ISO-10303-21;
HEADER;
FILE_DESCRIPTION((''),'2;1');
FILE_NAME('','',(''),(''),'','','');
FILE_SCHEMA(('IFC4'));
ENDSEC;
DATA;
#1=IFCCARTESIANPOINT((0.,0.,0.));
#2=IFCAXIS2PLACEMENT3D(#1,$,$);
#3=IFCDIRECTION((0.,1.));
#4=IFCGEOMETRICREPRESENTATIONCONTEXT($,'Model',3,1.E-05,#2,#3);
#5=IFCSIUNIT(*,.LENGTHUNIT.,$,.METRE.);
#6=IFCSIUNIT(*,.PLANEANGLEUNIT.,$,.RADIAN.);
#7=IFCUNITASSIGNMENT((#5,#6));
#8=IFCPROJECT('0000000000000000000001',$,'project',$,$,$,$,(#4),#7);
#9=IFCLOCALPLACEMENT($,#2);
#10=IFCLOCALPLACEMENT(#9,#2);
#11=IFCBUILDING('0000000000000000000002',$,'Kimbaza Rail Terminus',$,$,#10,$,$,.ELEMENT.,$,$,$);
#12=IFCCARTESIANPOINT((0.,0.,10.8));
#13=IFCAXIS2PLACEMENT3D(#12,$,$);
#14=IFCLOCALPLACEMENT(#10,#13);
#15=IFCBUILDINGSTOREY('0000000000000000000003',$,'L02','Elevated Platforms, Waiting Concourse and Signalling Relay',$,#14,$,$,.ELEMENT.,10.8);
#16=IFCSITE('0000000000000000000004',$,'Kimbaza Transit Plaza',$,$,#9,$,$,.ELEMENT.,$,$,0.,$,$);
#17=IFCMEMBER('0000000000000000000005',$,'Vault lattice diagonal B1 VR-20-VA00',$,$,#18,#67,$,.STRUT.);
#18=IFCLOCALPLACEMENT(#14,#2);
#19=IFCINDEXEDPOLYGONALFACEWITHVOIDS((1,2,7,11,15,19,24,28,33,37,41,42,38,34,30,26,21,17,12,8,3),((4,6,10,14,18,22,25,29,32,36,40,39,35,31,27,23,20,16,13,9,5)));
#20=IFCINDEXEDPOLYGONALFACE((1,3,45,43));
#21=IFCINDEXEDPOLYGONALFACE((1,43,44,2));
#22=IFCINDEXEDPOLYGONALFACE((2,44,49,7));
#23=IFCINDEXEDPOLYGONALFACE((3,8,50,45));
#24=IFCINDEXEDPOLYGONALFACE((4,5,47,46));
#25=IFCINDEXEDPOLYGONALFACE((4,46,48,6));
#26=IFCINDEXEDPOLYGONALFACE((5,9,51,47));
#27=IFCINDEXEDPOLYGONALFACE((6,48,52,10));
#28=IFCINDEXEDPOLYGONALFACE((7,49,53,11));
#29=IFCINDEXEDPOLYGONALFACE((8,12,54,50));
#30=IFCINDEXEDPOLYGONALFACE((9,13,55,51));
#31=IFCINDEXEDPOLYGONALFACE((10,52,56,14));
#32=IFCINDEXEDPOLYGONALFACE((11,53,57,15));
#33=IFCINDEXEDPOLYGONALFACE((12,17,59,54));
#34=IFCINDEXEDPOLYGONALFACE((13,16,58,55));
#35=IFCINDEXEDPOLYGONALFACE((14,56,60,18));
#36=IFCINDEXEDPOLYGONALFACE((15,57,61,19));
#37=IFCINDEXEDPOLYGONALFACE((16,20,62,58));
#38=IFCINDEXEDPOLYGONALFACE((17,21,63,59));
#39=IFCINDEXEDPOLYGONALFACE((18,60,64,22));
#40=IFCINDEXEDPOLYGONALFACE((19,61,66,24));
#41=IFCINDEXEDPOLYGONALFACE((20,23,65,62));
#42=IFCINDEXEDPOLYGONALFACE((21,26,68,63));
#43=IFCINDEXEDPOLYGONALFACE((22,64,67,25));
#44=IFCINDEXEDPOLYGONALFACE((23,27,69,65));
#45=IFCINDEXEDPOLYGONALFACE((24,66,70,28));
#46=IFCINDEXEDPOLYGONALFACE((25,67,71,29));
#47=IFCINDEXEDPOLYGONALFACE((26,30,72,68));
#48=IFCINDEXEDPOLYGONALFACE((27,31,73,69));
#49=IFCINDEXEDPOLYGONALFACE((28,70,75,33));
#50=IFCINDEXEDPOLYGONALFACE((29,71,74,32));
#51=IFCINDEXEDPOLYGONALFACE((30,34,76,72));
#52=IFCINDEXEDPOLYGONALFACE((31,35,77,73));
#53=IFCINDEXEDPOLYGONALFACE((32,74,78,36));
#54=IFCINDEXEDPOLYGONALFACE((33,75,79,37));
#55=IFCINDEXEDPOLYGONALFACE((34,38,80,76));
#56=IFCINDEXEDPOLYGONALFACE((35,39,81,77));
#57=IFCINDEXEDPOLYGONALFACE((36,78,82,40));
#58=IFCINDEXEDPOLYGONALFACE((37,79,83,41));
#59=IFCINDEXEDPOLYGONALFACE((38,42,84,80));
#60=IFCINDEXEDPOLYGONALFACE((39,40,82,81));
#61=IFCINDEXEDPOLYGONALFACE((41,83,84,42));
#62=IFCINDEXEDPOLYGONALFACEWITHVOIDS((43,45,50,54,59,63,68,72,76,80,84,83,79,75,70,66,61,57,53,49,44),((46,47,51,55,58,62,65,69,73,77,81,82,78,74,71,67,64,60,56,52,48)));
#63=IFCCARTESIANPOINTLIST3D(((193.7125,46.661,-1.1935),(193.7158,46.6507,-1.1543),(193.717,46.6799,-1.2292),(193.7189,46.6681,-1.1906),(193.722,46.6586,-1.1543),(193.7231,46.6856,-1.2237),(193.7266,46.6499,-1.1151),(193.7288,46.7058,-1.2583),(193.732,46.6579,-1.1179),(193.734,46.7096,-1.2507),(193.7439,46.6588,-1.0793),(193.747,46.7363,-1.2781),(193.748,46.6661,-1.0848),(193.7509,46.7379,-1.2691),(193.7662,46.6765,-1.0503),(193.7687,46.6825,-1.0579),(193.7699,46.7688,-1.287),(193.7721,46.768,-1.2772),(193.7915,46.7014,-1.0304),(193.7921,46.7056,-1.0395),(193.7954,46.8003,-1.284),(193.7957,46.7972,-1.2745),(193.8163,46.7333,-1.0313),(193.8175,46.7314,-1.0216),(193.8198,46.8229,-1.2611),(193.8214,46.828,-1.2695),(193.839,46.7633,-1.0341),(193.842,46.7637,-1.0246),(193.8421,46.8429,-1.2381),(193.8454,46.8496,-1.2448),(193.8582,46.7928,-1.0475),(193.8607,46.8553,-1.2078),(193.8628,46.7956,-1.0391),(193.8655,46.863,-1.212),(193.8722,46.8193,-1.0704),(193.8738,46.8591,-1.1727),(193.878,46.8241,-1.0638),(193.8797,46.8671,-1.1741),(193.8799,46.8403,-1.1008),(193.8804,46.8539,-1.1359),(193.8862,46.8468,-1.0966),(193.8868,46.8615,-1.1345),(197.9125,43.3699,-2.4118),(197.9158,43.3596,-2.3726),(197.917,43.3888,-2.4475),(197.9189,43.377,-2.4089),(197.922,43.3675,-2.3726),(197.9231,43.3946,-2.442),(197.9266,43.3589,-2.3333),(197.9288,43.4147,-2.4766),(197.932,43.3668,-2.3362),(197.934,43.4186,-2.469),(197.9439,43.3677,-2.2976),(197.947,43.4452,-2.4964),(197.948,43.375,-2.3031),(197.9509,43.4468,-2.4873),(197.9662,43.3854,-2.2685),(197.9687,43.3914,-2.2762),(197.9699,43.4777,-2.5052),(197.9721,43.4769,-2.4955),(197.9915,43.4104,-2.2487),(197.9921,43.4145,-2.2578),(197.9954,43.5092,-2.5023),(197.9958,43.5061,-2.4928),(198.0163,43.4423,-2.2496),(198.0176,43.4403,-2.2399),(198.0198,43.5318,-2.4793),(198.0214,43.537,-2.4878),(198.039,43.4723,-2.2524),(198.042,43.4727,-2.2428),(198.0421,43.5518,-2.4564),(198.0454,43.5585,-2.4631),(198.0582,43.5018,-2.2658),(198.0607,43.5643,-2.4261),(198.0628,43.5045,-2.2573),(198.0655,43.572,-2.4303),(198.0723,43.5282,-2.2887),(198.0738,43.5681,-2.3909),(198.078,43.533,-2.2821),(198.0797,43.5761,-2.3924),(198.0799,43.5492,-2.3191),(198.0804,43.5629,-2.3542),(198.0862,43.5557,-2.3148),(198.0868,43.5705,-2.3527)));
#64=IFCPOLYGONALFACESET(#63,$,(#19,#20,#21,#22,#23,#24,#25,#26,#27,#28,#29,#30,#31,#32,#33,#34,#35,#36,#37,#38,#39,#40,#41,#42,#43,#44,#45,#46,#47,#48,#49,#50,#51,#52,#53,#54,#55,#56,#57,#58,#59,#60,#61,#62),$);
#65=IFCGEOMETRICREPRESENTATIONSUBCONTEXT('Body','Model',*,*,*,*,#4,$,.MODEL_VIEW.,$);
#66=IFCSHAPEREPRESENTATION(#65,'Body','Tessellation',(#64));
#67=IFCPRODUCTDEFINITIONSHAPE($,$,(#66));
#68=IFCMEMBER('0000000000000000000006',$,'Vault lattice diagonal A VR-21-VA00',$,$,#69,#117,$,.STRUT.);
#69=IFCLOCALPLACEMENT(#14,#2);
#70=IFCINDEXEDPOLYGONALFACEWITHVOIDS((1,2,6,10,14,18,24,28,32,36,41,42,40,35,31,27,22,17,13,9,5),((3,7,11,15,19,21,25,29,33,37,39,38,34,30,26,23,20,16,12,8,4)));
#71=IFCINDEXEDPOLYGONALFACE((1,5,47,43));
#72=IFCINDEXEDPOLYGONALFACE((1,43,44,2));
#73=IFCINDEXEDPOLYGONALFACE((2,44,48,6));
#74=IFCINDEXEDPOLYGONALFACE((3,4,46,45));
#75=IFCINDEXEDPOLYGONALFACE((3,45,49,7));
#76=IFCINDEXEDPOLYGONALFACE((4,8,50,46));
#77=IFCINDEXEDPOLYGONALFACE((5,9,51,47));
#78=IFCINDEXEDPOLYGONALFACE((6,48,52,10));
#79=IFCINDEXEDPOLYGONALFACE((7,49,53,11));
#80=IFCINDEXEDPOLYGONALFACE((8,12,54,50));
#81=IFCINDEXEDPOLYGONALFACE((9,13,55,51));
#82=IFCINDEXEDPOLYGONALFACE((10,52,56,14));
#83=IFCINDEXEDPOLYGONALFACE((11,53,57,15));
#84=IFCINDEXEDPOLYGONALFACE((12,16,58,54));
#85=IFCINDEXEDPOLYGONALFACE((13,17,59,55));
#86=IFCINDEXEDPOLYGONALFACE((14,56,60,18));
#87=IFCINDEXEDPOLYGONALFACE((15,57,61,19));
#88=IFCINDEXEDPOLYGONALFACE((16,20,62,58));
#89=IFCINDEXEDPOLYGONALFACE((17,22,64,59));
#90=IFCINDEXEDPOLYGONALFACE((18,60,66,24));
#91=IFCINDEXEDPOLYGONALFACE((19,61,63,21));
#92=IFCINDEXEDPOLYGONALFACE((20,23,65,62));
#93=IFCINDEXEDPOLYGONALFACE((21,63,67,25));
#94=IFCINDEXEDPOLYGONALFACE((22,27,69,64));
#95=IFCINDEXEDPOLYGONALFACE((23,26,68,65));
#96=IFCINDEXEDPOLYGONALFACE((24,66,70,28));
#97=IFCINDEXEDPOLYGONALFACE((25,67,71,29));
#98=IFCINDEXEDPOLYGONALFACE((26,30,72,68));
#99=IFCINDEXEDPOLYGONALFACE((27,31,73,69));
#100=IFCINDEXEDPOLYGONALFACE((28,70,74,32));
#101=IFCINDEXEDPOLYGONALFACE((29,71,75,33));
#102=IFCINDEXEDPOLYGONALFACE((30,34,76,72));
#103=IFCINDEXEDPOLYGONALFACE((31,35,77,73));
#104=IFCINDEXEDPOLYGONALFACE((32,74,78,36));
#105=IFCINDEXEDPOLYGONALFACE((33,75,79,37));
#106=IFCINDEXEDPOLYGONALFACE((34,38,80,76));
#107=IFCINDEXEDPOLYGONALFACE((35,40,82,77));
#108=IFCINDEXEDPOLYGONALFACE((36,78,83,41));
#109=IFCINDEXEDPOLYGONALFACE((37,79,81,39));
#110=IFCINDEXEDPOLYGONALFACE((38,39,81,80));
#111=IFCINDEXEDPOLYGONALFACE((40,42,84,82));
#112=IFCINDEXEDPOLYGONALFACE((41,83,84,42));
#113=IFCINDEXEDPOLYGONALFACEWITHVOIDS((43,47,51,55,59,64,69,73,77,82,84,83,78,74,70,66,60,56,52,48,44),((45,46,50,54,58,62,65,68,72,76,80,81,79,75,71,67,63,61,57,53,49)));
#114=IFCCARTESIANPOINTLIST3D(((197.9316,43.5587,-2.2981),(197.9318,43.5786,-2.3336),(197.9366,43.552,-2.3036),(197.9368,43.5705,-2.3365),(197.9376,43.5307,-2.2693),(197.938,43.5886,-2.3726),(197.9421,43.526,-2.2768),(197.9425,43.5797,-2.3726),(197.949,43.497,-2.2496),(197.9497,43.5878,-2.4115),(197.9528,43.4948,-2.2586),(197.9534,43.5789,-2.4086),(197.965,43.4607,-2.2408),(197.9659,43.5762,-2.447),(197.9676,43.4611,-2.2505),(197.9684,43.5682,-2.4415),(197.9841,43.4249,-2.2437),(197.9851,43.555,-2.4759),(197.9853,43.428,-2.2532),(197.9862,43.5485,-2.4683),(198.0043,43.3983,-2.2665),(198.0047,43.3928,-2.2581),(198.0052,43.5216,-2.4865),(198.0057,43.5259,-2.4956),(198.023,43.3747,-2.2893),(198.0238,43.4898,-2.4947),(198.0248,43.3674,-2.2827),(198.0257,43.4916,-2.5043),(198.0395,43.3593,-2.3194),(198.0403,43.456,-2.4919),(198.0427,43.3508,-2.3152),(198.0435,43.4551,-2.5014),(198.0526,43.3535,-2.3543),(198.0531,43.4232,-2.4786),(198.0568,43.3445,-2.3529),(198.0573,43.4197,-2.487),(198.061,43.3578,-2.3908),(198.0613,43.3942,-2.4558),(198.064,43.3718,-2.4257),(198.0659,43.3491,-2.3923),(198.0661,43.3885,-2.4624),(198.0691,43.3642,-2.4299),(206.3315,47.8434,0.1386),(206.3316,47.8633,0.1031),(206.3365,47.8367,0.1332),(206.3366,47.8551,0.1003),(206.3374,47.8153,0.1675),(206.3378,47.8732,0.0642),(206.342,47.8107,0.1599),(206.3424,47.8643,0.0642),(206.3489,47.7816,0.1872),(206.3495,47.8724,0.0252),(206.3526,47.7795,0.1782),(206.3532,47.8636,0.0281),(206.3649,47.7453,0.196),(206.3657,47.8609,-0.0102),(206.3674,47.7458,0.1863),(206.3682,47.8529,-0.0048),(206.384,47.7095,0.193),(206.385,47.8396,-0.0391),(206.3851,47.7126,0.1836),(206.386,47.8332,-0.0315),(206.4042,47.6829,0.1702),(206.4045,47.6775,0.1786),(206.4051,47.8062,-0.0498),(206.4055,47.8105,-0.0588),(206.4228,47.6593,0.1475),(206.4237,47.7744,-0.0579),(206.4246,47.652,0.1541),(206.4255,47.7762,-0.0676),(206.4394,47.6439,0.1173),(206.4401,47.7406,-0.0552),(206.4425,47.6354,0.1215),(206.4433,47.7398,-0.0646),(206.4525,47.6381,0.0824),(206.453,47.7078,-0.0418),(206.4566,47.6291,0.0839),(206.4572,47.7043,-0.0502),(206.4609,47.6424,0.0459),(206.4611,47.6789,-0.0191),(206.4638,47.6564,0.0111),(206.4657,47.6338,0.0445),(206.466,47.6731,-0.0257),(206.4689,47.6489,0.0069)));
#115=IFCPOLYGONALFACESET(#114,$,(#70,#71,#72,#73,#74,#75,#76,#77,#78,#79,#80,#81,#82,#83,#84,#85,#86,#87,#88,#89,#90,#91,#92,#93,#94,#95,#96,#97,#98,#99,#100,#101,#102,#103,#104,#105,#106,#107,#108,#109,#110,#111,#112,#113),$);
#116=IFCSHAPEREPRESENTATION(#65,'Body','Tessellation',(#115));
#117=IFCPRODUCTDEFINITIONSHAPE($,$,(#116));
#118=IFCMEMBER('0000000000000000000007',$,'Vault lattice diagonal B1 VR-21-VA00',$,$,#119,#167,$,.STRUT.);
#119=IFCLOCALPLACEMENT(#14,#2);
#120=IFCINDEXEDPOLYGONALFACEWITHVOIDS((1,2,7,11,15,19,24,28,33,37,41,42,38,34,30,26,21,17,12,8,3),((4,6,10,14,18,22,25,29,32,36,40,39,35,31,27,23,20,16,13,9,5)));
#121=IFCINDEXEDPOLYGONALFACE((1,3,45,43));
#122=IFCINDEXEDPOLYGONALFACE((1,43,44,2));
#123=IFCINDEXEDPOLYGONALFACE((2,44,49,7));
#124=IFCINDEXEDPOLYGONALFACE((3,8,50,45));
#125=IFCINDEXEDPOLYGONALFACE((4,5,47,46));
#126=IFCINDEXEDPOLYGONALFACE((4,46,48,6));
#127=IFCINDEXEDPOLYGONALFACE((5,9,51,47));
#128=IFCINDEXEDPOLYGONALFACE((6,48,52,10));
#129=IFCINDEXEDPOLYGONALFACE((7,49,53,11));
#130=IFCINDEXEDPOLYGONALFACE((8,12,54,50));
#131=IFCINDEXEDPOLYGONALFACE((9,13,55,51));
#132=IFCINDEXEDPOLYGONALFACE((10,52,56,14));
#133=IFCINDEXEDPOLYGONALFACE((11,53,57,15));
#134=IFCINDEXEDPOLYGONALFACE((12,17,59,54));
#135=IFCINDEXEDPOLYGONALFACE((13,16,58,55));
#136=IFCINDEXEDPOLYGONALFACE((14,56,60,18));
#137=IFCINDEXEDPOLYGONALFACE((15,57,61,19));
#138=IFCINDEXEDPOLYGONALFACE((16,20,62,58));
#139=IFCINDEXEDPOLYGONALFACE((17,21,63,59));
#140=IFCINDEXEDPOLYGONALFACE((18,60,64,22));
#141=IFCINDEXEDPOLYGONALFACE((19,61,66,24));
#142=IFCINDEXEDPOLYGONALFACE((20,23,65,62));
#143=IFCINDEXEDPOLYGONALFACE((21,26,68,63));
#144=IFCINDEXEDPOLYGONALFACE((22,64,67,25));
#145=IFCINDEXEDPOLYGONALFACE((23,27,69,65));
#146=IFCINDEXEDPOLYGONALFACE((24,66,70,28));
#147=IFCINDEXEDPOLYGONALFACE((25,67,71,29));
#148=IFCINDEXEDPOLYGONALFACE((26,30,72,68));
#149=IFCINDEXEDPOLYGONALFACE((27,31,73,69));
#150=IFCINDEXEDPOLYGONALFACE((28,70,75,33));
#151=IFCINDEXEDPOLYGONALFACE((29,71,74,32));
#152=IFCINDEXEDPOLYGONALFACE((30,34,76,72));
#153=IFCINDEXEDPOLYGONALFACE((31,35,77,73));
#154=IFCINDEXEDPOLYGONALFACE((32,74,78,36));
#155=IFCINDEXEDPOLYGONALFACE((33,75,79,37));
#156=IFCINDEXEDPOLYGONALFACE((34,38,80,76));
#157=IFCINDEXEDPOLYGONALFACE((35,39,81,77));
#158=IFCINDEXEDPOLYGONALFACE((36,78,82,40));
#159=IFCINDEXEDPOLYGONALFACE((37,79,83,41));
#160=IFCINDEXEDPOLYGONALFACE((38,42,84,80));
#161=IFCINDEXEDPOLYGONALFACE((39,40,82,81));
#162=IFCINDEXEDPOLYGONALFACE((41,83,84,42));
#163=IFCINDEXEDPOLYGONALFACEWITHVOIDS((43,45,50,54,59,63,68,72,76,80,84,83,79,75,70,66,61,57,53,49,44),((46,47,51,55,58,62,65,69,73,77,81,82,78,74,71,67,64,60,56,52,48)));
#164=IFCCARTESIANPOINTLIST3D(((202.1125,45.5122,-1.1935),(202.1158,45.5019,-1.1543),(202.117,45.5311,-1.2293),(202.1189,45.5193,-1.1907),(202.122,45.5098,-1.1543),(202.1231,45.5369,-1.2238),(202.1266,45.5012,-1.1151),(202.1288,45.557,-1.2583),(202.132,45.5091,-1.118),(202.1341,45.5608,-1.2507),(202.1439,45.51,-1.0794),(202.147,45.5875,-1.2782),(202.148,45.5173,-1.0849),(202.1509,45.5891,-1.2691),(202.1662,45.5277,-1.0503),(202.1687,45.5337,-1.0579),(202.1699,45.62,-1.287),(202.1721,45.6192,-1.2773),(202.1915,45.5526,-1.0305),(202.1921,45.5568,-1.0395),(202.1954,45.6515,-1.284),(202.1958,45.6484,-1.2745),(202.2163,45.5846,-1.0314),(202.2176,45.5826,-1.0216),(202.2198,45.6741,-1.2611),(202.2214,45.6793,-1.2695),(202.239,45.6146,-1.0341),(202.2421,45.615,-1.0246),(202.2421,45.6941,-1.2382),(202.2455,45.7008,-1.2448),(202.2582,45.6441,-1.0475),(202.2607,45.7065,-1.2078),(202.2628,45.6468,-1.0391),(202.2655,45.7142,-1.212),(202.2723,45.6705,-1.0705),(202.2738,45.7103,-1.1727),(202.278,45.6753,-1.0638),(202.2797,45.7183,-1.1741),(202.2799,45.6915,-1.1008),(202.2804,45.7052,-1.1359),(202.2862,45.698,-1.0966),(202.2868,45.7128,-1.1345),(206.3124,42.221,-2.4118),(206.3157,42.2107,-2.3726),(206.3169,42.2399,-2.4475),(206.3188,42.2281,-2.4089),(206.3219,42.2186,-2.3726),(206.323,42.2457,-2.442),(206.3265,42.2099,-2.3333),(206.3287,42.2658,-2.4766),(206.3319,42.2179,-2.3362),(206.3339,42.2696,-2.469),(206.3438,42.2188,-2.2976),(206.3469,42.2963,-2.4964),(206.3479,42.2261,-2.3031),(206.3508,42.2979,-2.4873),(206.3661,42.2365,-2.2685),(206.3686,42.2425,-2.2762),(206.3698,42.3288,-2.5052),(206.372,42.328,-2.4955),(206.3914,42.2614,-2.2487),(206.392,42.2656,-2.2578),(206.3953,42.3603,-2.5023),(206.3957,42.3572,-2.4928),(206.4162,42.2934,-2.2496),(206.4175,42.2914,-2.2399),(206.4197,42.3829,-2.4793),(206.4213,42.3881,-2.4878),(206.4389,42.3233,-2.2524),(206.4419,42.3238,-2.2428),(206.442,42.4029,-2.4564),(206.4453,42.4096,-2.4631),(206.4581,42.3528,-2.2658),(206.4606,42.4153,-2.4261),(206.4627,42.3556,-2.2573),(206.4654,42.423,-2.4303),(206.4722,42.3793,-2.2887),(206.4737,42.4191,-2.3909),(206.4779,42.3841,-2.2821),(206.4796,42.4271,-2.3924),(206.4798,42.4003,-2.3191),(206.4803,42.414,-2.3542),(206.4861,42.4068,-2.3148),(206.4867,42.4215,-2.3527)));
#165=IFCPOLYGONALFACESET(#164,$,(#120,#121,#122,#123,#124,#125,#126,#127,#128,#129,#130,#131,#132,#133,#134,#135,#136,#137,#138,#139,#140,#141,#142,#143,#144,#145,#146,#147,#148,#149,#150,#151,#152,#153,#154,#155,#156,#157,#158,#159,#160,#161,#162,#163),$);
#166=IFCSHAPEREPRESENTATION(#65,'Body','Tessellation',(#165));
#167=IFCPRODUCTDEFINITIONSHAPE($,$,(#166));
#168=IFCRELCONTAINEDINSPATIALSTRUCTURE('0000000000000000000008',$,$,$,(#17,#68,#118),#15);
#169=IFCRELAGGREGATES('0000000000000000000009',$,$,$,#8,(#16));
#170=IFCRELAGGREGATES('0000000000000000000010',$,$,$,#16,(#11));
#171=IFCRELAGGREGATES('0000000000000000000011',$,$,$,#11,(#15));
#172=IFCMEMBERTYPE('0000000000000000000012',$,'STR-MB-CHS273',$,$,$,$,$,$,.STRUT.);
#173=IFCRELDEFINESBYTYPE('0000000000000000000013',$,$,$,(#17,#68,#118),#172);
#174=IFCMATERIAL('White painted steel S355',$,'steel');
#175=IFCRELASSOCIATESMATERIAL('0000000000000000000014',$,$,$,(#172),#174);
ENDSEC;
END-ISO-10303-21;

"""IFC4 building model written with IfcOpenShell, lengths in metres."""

from ifc_helpers import new_model, si_unit, direction, frame, origin, origin_2d, place, context, subcontext, project, spatial, hollow_circle, extrude, material, material_profile, profile_set, type_object, element, save


model = new_model("IFC4")

# Units and contexts
model_context = context("Model", 3, precision=1e-05, world=origin(), true_north=direction((0.0, 1.0)))
body_context = subcontext(model_context, "Body", "Model", "MODEL_VIEW")
ifc_project = project(units=[si_unit("LENGTHUNIT", "METRE"), si_unit("PLANEANGLEUNIT", "RADIAN")], contexts=[model_context])

# Site, building, storey
site_placement = place(None, origin())
site = spatial("IfcSite", under=ifc_project, at=site_placement, Name="Kimbaza Transit Plaza", CompositionType="ELEMENT", RefElevation=0.0)
building_placement = place(site_placement, origin())
building = spatial("IfcBuilding", under=site, at=building_placement, Name="Kimbaza Rail Terminus", CompositionType="ELEMENT")
storey_placement = place(building_placement, frame((0.0, 0.0, 10.8)))
storey = spatial("IfcBuildingStorey", under=building, at=storey_placement, Name="L02", Description="Elevated Platforms, Waiting Concourse and Signalling Relay", CompositionType="ELEMENT", Elevation=10.8)

# Members
ifc_material_1 = material(Name="White painted steel S355", Category="steel")
ifc_material_profile_1 = material_profile(ifc_material_1, hollow_circle(Radius=0.1365, WallThickness=0.01, at=origin_2d()), Name="CHS 273x10")
ifc_profile_set_1 = profile_set([ifc_material_profile_1], Name="White painted steel S355")
member_type_1 = type_object("IfcMemberType", Name="STR-MB-CHS273", PredefinedType="STRUT", material=ifc_profile_set_1)
member_1_placement = place(storey_placement, frame((198.0, 43.467, -2.3726), z_axis=(-0.767384, 0.60131, 0.222592), x_axis=(-0.616784, -0.787132, 0.0)))
element("IfcMember", 1, at=member_1_placement, inside=storey, type_object=member_type_1, Name="Vault lattice diagonal B1 VR-20-VA00", PredefinedType="STRUT", context=body_context, shape_type="SweptSolid", body=[
    extrude(hollow_circle(Radius=0.1365, WallThickness=0.01, at=origin_2d()), origin(), (0.0, 0.0, 1.0), 5.4731),
])
member_2_placement = place(storey_placement, frame((198.0, 43.467, -2.3726), z_axis=(0.862472, 0.439935, 0.250199), x_axis=(-0.454386, 0.890805, 0.0)))
element("IfcMember", 2, at=member_2_placement, inside=storey, type_object=member_type_1, Name="Vault lattice diagonal A VR-21-VA00", PredefinedType="STRUT", context=body_context, shape_type="SweptSolid", body=[
    extrude(hollow_circle(Radius=0.1365, WallThickness=0.01, at=origin_2d()), origin(), (0.0, 0.0, 1.0), 9.7393),
])
for number, where, z_axis, x_axis, name in (
    (3, (206.3999, 42.3181, -2.3726), (-0.767364, 0.601339, 0.222586), (-0.616813, -0.78711, 0.0), "Vault lattice diagonal B1 VR-21-VA00"),
):
    element("IfcMember", number, at=place(storey_placement, frame(where, z_axis=z_axis, x_axis=x_axis)), inside=storey, type_object=member_type_1, Name=name, PredefinedType="STRUT", context=body_context, shape_type="SweptSolid", body=[
        extrude(hollow_circle(Radius=0.1365, WallThickness=0.01, at=origin_2d()), origin(), (0.0, 0.0, 1.0), 5.4731),
    ])

save(model, "model.ifc")
